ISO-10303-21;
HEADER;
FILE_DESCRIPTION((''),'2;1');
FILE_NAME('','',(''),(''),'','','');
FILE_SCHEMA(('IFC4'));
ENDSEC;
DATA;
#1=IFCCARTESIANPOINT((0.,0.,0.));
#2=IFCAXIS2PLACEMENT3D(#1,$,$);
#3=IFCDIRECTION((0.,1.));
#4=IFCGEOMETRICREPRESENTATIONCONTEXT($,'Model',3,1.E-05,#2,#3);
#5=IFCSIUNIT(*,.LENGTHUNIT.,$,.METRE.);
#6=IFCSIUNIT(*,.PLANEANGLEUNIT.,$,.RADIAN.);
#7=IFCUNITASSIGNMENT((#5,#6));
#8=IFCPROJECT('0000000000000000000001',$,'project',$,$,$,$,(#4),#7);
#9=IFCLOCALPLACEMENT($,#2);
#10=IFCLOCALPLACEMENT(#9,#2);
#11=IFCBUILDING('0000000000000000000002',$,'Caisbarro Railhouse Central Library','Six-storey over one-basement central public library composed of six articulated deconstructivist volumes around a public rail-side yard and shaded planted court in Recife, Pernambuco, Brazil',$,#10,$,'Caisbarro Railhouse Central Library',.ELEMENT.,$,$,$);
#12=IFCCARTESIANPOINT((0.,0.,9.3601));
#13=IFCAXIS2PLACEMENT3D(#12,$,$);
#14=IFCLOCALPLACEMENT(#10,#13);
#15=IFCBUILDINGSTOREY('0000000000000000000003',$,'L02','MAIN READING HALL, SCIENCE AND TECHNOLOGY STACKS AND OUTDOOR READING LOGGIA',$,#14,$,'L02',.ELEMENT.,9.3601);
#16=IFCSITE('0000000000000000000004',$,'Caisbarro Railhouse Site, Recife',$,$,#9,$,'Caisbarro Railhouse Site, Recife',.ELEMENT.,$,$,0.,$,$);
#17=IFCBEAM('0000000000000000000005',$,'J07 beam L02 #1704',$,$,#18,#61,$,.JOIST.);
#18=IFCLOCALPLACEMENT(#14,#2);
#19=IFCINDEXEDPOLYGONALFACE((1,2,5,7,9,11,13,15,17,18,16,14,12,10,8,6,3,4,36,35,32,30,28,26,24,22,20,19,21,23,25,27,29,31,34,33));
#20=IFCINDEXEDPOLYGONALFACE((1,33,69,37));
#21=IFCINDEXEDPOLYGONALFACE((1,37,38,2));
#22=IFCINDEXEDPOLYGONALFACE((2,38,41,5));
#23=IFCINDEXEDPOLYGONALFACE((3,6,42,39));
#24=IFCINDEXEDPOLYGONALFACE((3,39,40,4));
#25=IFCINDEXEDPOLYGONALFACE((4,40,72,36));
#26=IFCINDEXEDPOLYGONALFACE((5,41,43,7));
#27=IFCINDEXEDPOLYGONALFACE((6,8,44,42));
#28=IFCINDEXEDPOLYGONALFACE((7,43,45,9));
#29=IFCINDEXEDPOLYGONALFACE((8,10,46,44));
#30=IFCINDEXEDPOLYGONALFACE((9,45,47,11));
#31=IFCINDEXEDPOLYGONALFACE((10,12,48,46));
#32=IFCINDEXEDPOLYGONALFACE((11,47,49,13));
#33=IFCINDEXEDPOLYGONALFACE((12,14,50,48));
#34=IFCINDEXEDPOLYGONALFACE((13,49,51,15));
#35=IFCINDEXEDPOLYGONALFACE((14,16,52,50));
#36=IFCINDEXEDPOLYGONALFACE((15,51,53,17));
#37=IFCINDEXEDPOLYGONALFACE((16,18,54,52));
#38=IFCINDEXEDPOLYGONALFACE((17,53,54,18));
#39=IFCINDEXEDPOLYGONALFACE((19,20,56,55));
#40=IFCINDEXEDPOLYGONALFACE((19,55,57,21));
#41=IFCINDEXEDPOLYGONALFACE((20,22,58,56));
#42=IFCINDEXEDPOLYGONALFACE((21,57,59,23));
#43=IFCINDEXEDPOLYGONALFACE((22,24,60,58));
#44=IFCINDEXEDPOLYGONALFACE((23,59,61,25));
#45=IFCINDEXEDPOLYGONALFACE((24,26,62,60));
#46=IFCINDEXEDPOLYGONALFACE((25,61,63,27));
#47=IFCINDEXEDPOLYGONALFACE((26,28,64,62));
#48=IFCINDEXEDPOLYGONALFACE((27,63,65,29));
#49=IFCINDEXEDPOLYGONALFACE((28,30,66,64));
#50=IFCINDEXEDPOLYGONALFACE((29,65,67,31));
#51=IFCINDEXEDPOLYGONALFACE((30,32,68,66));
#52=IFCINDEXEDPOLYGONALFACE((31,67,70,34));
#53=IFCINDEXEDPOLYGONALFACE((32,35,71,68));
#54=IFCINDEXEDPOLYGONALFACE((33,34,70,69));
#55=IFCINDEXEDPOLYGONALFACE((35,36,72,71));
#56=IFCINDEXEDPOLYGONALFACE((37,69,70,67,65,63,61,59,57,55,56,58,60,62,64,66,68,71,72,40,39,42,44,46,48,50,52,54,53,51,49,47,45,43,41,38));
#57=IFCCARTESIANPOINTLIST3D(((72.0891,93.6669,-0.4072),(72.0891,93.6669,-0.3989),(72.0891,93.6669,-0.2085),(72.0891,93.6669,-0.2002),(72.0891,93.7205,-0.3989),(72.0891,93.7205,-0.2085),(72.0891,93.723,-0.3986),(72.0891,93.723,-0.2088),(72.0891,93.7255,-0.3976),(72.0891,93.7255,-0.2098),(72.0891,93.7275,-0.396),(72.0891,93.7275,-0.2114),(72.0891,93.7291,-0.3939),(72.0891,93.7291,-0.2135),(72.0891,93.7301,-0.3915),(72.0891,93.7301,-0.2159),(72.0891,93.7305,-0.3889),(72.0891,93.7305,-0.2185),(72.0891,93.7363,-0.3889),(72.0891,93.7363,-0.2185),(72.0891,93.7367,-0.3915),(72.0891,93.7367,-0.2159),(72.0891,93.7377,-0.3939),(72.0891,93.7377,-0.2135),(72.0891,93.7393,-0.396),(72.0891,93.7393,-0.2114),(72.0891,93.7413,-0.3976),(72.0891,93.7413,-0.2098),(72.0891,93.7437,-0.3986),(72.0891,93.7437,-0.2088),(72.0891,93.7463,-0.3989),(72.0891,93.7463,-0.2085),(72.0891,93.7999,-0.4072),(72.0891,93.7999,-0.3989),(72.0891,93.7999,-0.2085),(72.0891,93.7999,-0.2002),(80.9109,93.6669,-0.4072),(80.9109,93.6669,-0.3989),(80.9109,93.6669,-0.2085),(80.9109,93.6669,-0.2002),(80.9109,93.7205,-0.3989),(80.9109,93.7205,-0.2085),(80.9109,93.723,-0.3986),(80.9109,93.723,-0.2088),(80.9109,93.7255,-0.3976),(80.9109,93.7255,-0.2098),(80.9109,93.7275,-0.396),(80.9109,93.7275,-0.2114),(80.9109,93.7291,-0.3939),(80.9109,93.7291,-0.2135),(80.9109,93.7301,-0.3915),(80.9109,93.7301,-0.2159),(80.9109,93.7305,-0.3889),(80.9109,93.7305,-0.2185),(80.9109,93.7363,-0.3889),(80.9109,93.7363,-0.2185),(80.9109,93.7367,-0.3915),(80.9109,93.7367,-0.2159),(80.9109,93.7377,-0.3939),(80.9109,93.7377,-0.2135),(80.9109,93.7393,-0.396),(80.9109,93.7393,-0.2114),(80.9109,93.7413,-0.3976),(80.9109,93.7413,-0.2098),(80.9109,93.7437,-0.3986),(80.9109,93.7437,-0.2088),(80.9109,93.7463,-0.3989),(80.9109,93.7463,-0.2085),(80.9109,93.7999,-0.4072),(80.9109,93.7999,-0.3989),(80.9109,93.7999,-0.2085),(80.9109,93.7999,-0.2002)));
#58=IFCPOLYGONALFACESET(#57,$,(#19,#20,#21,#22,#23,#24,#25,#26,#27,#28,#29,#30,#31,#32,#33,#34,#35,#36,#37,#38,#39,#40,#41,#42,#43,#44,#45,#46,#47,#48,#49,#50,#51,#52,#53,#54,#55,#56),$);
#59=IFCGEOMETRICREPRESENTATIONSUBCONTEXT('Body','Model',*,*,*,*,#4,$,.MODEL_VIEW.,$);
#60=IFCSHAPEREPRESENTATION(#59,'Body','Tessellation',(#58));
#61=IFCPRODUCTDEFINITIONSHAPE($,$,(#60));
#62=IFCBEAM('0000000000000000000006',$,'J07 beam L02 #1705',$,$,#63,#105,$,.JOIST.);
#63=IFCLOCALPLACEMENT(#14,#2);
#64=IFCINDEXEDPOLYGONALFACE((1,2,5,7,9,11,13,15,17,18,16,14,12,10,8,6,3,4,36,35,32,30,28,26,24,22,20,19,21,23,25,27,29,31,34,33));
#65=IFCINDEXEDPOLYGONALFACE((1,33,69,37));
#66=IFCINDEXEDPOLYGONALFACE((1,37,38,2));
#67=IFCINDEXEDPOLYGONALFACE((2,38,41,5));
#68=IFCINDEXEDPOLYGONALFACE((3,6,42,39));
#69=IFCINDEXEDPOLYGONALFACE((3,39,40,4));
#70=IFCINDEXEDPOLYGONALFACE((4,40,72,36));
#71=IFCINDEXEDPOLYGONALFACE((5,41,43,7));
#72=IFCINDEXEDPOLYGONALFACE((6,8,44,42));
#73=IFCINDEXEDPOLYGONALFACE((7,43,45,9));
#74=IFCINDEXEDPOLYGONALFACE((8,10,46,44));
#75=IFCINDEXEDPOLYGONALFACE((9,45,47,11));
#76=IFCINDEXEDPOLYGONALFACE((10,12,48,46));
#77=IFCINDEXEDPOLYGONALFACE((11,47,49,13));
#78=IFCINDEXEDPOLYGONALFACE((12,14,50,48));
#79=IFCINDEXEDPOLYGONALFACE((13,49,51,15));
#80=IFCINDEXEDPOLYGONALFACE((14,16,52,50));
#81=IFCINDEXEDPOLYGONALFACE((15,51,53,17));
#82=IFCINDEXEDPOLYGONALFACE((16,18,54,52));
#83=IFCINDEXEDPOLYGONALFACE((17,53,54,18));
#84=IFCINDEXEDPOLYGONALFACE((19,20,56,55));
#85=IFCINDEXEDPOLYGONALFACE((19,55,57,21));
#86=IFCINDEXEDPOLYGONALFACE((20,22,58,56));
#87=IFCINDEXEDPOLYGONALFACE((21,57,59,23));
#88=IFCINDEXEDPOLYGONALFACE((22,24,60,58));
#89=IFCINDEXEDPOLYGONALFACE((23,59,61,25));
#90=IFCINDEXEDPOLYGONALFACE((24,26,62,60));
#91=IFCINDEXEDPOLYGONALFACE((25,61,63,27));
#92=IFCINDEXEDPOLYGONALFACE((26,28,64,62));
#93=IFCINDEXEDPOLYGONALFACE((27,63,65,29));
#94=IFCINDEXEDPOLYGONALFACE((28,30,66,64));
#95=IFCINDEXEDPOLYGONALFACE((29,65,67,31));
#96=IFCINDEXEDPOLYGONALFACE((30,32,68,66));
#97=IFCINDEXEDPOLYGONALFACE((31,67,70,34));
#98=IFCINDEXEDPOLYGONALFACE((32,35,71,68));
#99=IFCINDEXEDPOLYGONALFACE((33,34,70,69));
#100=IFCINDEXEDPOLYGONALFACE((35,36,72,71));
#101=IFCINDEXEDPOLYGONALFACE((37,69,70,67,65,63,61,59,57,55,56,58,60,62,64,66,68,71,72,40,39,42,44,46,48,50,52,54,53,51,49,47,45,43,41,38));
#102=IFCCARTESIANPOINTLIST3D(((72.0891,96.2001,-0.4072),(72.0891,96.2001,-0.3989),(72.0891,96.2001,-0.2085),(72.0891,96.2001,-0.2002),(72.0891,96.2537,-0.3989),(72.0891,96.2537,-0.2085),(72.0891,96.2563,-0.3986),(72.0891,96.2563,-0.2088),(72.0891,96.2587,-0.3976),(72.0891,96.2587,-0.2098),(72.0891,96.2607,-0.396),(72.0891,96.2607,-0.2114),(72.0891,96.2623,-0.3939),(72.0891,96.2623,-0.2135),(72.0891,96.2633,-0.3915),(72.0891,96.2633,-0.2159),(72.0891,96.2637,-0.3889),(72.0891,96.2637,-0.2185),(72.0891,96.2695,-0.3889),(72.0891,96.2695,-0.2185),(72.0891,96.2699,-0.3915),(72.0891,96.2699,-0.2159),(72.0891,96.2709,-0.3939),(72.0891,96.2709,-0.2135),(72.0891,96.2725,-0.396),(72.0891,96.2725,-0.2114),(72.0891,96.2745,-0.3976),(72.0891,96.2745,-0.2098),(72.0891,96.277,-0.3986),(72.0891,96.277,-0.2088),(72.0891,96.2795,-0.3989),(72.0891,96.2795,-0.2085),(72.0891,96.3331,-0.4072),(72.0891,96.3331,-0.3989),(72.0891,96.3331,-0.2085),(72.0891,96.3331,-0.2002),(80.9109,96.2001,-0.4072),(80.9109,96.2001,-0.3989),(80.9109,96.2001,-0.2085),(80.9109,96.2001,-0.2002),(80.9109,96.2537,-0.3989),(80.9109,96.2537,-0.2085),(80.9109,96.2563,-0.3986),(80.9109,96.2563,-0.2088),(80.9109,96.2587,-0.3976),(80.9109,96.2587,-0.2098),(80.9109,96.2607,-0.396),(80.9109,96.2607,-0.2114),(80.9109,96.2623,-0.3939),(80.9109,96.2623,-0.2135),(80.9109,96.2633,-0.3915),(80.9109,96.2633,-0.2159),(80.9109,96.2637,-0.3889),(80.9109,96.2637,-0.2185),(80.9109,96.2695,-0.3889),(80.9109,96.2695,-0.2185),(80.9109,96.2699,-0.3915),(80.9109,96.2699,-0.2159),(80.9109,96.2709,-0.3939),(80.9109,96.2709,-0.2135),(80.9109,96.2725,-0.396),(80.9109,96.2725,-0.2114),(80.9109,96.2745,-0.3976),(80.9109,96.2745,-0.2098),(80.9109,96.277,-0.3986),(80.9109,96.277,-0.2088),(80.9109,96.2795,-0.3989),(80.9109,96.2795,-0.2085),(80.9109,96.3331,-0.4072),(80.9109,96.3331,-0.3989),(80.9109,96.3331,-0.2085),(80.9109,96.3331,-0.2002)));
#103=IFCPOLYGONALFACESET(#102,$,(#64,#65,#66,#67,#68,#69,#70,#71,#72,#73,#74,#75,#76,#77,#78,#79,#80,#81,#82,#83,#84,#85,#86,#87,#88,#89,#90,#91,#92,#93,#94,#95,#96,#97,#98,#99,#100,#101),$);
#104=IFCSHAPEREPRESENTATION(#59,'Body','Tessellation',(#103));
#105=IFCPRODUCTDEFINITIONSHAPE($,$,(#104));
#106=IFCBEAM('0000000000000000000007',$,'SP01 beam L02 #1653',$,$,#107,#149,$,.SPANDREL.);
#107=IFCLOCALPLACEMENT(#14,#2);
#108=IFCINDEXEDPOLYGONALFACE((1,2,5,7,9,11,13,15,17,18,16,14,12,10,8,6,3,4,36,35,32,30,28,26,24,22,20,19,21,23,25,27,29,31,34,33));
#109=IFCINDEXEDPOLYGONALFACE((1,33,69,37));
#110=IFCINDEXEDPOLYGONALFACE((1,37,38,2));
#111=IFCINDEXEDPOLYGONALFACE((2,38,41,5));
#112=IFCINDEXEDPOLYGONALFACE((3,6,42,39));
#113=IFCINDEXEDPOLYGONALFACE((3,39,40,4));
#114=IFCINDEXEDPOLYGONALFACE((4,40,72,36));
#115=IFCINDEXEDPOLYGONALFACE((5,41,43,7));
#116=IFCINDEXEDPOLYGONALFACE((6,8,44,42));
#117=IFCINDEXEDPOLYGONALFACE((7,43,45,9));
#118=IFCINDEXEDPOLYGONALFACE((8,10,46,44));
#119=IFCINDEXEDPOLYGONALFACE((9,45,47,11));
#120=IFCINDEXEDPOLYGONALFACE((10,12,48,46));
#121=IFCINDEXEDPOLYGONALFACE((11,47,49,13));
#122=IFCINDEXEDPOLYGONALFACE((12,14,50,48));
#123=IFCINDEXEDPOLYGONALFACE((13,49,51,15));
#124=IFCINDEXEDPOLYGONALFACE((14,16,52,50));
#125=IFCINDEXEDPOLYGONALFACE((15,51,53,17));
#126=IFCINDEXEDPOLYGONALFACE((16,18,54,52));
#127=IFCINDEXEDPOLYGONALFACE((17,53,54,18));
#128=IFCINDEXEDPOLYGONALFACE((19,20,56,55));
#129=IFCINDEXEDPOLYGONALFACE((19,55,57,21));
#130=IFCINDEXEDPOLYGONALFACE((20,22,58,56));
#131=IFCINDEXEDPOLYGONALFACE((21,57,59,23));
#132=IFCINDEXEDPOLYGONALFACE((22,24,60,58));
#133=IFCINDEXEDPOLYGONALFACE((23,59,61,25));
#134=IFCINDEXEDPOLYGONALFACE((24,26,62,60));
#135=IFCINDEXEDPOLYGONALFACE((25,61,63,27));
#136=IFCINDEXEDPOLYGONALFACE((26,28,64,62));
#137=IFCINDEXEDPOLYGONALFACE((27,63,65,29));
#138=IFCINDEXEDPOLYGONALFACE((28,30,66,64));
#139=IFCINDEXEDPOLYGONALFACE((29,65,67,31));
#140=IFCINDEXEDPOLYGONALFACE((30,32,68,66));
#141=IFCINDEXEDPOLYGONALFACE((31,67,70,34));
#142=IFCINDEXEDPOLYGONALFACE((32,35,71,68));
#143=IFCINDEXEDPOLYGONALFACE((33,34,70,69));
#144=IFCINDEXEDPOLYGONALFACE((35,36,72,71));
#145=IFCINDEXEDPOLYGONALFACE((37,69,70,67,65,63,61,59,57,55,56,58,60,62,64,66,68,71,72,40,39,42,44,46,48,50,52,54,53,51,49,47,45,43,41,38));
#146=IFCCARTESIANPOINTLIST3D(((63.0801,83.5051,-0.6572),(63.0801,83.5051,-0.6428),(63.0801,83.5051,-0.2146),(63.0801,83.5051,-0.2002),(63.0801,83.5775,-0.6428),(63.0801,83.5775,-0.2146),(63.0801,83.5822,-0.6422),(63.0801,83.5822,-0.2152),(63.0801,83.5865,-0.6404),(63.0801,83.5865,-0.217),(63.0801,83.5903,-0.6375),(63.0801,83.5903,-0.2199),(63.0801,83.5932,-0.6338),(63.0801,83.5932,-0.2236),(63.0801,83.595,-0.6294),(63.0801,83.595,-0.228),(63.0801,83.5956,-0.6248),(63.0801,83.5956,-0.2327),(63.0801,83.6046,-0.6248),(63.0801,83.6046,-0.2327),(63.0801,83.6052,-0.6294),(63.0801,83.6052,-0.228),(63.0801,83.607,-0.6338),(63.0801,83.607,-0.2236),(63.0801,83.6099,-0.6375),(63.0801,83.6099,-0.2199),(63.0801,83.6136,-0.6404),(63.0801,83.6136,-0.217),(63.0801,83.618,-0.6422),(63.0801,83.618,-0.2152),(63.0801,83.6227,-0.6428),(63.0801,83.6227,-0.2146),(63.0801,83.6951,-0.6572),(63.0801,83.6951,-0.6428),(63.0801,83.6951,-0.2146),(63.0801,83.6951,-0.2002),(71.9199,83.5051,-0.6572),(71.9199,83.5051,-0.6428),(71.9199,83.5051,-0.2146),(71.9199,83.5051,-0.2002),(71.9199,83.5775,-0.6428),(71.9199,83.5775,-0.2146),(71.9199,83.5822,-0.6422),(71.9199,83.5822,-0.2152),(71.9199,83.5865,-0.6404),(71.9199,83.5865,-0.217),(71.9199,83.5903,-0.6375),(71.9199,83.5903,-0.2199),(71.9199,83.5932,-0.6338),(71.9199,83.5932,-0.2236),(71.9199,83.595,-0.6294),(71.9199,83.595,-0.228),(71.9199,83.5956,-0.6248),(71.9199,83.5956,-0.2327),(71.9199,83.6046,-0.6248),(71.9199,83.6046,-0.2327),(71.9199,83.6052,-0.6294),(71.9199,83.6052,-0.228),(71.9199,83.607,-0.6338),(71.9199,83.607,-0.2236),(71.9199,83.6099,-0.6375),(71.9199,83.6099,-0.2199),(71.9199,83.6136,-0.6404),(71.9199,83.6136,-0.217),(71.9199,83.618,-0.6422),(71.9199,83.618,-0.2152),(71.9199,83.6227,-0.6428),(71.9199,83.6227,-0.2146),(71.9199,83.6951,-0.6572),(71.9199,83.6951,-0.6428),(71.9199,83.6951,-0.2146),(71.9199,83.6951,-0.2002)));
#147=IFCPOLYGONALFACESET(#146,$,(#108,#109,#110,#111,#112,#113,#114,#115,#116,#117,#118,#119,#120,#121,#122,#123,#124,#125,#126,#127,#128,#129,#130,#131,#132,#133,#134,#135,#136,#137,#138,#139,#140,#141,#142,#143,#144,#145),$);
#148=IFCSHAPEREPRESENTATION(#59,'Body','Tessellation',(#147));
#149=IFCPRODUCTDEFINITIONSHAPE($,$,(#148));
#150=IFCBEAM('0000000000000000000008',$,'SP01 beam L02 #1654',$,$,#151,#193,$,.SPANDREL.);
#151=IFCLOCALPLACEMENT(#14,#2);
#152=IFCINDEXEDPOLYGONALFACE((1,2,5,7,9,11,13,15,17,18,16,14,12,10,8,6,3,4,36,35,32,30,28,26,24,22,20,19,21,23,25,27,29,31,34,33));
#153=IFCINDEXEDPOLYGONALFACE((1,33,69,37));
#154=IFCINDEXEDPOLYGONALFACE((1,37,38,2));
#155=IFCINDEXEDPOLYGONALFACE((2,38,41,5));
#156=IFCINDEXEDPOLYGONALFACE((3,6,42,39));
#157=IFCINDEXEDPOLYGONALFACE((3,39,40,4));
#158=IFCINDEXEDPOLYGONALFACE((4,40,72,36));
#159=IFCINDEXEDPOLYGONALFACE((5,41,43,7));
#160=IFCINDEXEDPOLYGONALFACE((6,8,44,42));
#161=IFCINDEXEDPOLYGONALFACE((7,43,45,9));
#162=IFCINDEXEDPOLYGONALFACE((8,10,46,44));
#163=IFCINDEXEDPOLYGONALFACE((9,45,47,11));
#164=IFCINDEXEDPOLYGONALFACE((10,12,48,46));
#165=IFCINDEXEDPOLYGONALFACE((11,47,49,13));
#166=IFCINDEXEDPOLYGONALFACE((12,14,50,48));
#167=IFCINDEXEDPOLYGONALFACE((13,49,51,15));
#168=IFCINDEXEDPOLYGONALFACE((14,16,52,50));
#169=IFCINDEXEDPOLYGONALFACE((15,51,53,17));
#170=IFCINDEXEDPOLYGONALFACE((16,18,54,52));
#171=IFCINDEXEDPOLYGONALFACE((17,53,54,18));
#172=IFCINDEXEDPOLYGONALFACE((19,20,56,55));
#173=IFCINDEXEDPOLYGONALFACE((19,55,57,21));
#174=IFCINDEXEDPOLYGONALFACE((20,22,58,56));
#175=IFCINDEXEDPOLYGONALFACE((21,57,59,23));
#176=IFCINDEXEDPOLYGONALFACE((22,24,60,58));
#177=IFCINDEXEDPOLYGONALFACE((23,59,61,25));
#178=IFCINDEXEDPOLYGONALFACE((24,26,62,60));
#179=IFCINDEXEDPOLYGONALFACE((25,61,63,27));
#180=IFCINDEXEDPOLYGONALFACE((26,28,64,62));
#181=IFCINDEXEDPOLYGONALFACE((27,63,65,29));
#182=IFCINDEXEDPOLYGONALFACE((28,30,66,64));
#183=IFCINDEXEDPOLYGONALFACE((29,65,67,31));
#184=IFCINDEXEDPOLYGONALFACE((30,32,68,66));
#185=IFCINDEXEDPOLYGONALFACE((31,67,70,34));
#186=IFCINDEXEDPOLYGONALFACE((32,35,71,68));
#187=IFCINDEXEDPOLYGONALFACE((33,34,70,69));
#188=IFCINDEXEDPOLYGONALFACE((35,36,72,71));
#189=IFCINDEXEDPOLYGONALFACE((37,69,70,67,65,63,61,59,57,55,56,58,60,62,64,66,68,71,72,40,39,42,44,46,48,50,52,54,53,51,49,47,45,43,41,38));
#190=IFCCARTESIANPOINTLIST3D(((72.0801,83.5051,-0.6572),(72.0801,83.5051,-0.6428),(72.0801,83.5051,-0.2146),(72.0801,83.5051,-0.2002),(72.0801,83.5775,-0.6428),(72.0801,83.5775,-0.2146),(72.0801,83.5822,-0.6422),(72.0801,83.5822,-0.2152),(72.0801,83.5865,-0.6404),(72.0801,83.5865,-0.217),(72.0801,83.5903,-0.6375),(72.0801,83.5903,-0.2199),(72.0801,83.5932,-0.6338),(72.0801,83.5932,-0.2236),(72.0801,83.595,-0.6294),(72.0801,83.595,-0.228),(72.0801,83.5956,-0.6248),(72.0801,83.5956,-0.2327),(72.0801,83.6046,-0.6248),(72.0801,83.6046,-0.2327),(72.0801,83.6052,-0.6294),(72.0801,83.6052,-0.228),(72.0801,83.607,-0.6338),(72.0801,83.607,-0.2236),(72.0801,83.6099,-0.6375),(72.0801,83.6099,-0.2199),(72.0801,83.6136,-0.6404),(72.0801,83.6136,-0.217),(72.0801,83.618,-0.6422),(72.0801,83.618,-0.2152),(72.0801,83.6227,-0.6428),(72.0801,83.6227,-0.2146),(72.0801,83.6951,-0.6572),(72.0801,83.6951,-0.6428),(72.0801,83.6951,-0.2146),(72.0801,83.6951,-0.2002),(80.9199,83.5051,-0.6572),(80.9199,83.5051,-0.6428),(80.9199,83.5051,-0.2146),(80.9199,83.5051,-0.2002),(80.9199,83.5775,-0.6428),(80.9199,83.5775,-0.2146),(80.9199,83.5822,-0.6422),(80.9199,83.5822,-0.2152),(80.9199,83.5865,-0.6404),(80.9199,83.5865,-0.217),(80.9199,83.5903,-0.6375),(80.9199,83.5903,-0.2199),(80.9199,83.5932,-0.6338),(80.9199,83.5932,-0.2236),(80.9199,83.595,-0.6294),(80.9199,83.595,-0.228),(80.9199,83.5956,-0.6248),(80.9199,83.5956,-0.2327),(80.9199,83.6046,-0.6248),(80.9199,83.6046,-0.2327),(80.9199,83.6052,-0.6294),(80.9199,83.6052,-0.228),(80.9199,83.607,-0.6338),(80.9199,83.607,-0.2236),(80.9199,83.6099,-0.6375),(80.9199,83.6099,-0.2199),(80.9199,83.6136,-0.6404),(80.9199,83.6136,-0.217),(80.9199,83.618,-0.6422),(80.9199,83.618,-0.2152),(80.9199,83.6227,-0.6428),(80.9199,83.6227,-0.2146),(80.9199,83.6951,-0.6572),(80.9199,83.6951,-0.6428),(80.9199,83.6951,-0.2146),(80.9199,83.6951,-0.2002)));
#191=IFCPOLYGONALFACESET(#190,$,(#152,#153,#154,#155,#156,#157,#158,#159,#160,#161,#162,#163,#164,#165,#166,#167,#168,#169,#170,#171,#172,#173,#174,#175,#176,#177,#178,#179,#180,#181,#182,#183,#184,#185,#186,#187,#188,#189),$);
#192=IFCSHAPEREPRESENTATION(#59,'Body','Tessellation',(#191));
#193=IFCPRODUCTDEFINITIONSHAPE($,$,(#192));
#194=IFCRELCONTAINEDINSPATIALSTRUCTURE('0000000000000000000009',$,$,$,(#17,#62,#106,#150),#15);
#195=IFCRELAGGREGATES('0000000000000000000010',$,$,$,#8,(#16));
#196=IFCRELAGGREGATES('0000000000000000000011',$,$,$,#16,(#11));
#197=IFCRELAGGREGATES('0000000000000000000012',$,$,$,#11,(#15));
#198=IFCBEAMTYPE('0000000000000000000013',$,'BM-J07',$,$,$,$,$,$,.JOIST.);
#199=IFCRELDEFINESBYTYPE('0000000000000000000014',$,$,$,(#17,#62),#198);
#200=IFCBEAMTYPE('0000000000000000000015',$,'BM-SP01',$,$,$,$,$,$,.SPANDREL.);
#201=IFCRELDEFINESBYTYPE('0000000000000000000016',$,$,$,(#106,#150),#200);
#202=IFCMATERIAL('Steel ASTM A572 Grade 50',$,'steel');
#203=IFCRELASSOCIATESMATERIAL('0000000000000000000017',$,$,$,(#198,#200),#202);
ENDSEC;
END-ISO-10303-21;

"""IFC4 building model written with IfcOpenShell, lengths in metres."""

from ifc_helpers import new_model, si_unit, direction, frame, origin, origin_2d, place, context, subcontext, project, spatial, i_section, extrude, material, material_profile, profile_set, type_object, element, save


model = new_model("IFC4")

# Units and contexts
model_context = context("Model", 3, precision=1e-05, world=origin(), true_north=direction((0.0, 1.0)))
body_context = subcontext(model_context, "Body", "Model", "MODEL_VIEW")
ifc_project = project(units=[si_unit("LENGTHUNIT", "METRE"), si_unit("PLANEANGLEUNIT", "RADIAN")], contexts=[model_context])

# Site, building, storey
site_placement = place(None, origin())
site = spatial("IfcSite", under=ifc_project, at=site_placement, Name="Caisbarro Railhouse Site, Recife", LongName="Caisbarro Railhouse Site, Recife", CompositionType="ELEMENT", RefElevation=0.0)
building_placement = place(site_placement, origin())
building = spatial("IfcBuilding", under=site, at=building_placement, Name="Caisbarro Railhouse Central Library", Description="Six-storey over one-basement central public library composed of six articulated deconstructivist volumes around a public rail-side yard and shaded planted court in Recife, Pernambuco, Brazil", LongName="Caisbarro Railhouse Central Library", CompositionType="ELEMENT")
storey_placement = place(building_placement, frame((0.0, 0.0, 9.3601)))
storey = spatial("IfcBuildingStorey", under=building, at=storey_placement, Name="L02", Description="MAIN READING HALL, SCIENCE AND TECHNOLOGY STACKS AND OUTDOOR READING LOGGIA", LongName="L02", CompositionType="ELEMENT", Elevation=9.3601)

# Shared definitions
ifc_material_1 = material(Name="Steel ASTM A572 Grade 50", Category="steel")

# Beams
ifc_material_profile_1 = material_profile(ifc_material_1, i_section(OverallWidth=0.1331, OverallDepth=0.207, WebThickness=0.0059, FlangeThickness=0.0083, FilletRadius=0.01, at=origin_2d()), Name="W200X26.6")
ifc_profile_set_1 = profile_set([ifc_material_profile_1], Name="Steel ASTM A572 Grade 50")
beam_type_1 = type_object("IfcBeamType", Name="BM-J07", PredefinedType="JOIST", material=ifc_profile_set_1)
for number, where, z_axis, x_axis, name in (
    (1, (72.0891, 93.7334, -0.3037), (1.0, 0.0, 0.0), (0.0, 1.0, 0.0), "J07 beam L02 #1704"),
    (2, (72.0891, 96.2666, -0.3037), (1.0, 0.0, 0.0), (0.0, 1.0, 0.0), "J07 beam L02 #1705"),
):
    element("IfcBeam", number, at=place(storey_placement, frame(where, z_axis=z_axis, x_axis=x_axis)), inside=storey, type_object=beam_type_1, Name=name, PredefinedType="JOIST", context=body_context, shape_type="SweptSolid", body=[
        extrude(i_section(OverallWidth=0.1331, OverallDepth=0.207, WebThickness=0.0059, FlangeThickness=0.0083, FilletRadius=0.01, at=origin_2d()), origin(), (0.0, 0.0, 1.0), 8.8218),
    ])
ifc_material_profile_2 = material_profile(ifc_material_1, i_section(OverallWidth=0.1899, OverallDepth=0.457, WebThickness=0.009, FlangeThickness=0.0144, FilletRadius=0.0181, at=origin_2d()), Name="W460X74.0")
ifc_profile_set_2 = profile_set([ifc_material_profile_2], Name="Steel ASTM A572 Grade 50")
beam_type_2 = type_object("IfcBeamType", Name="BM-SP01", PredefinedType="SPANDREL", material=ifc_profile_set_2)
for number, where, z_axis, x_axis, name in (
    (3, (63.0801, 83.6001, -0.4287), (1.0, 0.0, 0.0), (0.0, 1.0, 0.0), "SP01 beam L02 #1653"),
    (4, (72.0801, 83.6001, -0.4287), (1.0, 0.0, 0.0), (0.0, 1.0, 0.0), "SP01 beam L02 #1654"),
):
    element("IfcBeam", number, at=place(storey_placement, frame(where, z_axis=z_axis, x_axis=x_axis)), inside=storey, type_object=beam_type_2, Name=name, PredefinedType="SPANDREL", context=body_context, shape_type="SweptSolid", body=[
        extrude(i_section(OverallWidth=0.1899, OverallDepth=0.457, WebThickness=0.009, FlangeThickness=0.0144, FilletRadius=0.0181, at=origin_2d()), origin(), (0.0, 0.0, 1.0), 8.8398),
    ])

save(model, "model.ifc")
